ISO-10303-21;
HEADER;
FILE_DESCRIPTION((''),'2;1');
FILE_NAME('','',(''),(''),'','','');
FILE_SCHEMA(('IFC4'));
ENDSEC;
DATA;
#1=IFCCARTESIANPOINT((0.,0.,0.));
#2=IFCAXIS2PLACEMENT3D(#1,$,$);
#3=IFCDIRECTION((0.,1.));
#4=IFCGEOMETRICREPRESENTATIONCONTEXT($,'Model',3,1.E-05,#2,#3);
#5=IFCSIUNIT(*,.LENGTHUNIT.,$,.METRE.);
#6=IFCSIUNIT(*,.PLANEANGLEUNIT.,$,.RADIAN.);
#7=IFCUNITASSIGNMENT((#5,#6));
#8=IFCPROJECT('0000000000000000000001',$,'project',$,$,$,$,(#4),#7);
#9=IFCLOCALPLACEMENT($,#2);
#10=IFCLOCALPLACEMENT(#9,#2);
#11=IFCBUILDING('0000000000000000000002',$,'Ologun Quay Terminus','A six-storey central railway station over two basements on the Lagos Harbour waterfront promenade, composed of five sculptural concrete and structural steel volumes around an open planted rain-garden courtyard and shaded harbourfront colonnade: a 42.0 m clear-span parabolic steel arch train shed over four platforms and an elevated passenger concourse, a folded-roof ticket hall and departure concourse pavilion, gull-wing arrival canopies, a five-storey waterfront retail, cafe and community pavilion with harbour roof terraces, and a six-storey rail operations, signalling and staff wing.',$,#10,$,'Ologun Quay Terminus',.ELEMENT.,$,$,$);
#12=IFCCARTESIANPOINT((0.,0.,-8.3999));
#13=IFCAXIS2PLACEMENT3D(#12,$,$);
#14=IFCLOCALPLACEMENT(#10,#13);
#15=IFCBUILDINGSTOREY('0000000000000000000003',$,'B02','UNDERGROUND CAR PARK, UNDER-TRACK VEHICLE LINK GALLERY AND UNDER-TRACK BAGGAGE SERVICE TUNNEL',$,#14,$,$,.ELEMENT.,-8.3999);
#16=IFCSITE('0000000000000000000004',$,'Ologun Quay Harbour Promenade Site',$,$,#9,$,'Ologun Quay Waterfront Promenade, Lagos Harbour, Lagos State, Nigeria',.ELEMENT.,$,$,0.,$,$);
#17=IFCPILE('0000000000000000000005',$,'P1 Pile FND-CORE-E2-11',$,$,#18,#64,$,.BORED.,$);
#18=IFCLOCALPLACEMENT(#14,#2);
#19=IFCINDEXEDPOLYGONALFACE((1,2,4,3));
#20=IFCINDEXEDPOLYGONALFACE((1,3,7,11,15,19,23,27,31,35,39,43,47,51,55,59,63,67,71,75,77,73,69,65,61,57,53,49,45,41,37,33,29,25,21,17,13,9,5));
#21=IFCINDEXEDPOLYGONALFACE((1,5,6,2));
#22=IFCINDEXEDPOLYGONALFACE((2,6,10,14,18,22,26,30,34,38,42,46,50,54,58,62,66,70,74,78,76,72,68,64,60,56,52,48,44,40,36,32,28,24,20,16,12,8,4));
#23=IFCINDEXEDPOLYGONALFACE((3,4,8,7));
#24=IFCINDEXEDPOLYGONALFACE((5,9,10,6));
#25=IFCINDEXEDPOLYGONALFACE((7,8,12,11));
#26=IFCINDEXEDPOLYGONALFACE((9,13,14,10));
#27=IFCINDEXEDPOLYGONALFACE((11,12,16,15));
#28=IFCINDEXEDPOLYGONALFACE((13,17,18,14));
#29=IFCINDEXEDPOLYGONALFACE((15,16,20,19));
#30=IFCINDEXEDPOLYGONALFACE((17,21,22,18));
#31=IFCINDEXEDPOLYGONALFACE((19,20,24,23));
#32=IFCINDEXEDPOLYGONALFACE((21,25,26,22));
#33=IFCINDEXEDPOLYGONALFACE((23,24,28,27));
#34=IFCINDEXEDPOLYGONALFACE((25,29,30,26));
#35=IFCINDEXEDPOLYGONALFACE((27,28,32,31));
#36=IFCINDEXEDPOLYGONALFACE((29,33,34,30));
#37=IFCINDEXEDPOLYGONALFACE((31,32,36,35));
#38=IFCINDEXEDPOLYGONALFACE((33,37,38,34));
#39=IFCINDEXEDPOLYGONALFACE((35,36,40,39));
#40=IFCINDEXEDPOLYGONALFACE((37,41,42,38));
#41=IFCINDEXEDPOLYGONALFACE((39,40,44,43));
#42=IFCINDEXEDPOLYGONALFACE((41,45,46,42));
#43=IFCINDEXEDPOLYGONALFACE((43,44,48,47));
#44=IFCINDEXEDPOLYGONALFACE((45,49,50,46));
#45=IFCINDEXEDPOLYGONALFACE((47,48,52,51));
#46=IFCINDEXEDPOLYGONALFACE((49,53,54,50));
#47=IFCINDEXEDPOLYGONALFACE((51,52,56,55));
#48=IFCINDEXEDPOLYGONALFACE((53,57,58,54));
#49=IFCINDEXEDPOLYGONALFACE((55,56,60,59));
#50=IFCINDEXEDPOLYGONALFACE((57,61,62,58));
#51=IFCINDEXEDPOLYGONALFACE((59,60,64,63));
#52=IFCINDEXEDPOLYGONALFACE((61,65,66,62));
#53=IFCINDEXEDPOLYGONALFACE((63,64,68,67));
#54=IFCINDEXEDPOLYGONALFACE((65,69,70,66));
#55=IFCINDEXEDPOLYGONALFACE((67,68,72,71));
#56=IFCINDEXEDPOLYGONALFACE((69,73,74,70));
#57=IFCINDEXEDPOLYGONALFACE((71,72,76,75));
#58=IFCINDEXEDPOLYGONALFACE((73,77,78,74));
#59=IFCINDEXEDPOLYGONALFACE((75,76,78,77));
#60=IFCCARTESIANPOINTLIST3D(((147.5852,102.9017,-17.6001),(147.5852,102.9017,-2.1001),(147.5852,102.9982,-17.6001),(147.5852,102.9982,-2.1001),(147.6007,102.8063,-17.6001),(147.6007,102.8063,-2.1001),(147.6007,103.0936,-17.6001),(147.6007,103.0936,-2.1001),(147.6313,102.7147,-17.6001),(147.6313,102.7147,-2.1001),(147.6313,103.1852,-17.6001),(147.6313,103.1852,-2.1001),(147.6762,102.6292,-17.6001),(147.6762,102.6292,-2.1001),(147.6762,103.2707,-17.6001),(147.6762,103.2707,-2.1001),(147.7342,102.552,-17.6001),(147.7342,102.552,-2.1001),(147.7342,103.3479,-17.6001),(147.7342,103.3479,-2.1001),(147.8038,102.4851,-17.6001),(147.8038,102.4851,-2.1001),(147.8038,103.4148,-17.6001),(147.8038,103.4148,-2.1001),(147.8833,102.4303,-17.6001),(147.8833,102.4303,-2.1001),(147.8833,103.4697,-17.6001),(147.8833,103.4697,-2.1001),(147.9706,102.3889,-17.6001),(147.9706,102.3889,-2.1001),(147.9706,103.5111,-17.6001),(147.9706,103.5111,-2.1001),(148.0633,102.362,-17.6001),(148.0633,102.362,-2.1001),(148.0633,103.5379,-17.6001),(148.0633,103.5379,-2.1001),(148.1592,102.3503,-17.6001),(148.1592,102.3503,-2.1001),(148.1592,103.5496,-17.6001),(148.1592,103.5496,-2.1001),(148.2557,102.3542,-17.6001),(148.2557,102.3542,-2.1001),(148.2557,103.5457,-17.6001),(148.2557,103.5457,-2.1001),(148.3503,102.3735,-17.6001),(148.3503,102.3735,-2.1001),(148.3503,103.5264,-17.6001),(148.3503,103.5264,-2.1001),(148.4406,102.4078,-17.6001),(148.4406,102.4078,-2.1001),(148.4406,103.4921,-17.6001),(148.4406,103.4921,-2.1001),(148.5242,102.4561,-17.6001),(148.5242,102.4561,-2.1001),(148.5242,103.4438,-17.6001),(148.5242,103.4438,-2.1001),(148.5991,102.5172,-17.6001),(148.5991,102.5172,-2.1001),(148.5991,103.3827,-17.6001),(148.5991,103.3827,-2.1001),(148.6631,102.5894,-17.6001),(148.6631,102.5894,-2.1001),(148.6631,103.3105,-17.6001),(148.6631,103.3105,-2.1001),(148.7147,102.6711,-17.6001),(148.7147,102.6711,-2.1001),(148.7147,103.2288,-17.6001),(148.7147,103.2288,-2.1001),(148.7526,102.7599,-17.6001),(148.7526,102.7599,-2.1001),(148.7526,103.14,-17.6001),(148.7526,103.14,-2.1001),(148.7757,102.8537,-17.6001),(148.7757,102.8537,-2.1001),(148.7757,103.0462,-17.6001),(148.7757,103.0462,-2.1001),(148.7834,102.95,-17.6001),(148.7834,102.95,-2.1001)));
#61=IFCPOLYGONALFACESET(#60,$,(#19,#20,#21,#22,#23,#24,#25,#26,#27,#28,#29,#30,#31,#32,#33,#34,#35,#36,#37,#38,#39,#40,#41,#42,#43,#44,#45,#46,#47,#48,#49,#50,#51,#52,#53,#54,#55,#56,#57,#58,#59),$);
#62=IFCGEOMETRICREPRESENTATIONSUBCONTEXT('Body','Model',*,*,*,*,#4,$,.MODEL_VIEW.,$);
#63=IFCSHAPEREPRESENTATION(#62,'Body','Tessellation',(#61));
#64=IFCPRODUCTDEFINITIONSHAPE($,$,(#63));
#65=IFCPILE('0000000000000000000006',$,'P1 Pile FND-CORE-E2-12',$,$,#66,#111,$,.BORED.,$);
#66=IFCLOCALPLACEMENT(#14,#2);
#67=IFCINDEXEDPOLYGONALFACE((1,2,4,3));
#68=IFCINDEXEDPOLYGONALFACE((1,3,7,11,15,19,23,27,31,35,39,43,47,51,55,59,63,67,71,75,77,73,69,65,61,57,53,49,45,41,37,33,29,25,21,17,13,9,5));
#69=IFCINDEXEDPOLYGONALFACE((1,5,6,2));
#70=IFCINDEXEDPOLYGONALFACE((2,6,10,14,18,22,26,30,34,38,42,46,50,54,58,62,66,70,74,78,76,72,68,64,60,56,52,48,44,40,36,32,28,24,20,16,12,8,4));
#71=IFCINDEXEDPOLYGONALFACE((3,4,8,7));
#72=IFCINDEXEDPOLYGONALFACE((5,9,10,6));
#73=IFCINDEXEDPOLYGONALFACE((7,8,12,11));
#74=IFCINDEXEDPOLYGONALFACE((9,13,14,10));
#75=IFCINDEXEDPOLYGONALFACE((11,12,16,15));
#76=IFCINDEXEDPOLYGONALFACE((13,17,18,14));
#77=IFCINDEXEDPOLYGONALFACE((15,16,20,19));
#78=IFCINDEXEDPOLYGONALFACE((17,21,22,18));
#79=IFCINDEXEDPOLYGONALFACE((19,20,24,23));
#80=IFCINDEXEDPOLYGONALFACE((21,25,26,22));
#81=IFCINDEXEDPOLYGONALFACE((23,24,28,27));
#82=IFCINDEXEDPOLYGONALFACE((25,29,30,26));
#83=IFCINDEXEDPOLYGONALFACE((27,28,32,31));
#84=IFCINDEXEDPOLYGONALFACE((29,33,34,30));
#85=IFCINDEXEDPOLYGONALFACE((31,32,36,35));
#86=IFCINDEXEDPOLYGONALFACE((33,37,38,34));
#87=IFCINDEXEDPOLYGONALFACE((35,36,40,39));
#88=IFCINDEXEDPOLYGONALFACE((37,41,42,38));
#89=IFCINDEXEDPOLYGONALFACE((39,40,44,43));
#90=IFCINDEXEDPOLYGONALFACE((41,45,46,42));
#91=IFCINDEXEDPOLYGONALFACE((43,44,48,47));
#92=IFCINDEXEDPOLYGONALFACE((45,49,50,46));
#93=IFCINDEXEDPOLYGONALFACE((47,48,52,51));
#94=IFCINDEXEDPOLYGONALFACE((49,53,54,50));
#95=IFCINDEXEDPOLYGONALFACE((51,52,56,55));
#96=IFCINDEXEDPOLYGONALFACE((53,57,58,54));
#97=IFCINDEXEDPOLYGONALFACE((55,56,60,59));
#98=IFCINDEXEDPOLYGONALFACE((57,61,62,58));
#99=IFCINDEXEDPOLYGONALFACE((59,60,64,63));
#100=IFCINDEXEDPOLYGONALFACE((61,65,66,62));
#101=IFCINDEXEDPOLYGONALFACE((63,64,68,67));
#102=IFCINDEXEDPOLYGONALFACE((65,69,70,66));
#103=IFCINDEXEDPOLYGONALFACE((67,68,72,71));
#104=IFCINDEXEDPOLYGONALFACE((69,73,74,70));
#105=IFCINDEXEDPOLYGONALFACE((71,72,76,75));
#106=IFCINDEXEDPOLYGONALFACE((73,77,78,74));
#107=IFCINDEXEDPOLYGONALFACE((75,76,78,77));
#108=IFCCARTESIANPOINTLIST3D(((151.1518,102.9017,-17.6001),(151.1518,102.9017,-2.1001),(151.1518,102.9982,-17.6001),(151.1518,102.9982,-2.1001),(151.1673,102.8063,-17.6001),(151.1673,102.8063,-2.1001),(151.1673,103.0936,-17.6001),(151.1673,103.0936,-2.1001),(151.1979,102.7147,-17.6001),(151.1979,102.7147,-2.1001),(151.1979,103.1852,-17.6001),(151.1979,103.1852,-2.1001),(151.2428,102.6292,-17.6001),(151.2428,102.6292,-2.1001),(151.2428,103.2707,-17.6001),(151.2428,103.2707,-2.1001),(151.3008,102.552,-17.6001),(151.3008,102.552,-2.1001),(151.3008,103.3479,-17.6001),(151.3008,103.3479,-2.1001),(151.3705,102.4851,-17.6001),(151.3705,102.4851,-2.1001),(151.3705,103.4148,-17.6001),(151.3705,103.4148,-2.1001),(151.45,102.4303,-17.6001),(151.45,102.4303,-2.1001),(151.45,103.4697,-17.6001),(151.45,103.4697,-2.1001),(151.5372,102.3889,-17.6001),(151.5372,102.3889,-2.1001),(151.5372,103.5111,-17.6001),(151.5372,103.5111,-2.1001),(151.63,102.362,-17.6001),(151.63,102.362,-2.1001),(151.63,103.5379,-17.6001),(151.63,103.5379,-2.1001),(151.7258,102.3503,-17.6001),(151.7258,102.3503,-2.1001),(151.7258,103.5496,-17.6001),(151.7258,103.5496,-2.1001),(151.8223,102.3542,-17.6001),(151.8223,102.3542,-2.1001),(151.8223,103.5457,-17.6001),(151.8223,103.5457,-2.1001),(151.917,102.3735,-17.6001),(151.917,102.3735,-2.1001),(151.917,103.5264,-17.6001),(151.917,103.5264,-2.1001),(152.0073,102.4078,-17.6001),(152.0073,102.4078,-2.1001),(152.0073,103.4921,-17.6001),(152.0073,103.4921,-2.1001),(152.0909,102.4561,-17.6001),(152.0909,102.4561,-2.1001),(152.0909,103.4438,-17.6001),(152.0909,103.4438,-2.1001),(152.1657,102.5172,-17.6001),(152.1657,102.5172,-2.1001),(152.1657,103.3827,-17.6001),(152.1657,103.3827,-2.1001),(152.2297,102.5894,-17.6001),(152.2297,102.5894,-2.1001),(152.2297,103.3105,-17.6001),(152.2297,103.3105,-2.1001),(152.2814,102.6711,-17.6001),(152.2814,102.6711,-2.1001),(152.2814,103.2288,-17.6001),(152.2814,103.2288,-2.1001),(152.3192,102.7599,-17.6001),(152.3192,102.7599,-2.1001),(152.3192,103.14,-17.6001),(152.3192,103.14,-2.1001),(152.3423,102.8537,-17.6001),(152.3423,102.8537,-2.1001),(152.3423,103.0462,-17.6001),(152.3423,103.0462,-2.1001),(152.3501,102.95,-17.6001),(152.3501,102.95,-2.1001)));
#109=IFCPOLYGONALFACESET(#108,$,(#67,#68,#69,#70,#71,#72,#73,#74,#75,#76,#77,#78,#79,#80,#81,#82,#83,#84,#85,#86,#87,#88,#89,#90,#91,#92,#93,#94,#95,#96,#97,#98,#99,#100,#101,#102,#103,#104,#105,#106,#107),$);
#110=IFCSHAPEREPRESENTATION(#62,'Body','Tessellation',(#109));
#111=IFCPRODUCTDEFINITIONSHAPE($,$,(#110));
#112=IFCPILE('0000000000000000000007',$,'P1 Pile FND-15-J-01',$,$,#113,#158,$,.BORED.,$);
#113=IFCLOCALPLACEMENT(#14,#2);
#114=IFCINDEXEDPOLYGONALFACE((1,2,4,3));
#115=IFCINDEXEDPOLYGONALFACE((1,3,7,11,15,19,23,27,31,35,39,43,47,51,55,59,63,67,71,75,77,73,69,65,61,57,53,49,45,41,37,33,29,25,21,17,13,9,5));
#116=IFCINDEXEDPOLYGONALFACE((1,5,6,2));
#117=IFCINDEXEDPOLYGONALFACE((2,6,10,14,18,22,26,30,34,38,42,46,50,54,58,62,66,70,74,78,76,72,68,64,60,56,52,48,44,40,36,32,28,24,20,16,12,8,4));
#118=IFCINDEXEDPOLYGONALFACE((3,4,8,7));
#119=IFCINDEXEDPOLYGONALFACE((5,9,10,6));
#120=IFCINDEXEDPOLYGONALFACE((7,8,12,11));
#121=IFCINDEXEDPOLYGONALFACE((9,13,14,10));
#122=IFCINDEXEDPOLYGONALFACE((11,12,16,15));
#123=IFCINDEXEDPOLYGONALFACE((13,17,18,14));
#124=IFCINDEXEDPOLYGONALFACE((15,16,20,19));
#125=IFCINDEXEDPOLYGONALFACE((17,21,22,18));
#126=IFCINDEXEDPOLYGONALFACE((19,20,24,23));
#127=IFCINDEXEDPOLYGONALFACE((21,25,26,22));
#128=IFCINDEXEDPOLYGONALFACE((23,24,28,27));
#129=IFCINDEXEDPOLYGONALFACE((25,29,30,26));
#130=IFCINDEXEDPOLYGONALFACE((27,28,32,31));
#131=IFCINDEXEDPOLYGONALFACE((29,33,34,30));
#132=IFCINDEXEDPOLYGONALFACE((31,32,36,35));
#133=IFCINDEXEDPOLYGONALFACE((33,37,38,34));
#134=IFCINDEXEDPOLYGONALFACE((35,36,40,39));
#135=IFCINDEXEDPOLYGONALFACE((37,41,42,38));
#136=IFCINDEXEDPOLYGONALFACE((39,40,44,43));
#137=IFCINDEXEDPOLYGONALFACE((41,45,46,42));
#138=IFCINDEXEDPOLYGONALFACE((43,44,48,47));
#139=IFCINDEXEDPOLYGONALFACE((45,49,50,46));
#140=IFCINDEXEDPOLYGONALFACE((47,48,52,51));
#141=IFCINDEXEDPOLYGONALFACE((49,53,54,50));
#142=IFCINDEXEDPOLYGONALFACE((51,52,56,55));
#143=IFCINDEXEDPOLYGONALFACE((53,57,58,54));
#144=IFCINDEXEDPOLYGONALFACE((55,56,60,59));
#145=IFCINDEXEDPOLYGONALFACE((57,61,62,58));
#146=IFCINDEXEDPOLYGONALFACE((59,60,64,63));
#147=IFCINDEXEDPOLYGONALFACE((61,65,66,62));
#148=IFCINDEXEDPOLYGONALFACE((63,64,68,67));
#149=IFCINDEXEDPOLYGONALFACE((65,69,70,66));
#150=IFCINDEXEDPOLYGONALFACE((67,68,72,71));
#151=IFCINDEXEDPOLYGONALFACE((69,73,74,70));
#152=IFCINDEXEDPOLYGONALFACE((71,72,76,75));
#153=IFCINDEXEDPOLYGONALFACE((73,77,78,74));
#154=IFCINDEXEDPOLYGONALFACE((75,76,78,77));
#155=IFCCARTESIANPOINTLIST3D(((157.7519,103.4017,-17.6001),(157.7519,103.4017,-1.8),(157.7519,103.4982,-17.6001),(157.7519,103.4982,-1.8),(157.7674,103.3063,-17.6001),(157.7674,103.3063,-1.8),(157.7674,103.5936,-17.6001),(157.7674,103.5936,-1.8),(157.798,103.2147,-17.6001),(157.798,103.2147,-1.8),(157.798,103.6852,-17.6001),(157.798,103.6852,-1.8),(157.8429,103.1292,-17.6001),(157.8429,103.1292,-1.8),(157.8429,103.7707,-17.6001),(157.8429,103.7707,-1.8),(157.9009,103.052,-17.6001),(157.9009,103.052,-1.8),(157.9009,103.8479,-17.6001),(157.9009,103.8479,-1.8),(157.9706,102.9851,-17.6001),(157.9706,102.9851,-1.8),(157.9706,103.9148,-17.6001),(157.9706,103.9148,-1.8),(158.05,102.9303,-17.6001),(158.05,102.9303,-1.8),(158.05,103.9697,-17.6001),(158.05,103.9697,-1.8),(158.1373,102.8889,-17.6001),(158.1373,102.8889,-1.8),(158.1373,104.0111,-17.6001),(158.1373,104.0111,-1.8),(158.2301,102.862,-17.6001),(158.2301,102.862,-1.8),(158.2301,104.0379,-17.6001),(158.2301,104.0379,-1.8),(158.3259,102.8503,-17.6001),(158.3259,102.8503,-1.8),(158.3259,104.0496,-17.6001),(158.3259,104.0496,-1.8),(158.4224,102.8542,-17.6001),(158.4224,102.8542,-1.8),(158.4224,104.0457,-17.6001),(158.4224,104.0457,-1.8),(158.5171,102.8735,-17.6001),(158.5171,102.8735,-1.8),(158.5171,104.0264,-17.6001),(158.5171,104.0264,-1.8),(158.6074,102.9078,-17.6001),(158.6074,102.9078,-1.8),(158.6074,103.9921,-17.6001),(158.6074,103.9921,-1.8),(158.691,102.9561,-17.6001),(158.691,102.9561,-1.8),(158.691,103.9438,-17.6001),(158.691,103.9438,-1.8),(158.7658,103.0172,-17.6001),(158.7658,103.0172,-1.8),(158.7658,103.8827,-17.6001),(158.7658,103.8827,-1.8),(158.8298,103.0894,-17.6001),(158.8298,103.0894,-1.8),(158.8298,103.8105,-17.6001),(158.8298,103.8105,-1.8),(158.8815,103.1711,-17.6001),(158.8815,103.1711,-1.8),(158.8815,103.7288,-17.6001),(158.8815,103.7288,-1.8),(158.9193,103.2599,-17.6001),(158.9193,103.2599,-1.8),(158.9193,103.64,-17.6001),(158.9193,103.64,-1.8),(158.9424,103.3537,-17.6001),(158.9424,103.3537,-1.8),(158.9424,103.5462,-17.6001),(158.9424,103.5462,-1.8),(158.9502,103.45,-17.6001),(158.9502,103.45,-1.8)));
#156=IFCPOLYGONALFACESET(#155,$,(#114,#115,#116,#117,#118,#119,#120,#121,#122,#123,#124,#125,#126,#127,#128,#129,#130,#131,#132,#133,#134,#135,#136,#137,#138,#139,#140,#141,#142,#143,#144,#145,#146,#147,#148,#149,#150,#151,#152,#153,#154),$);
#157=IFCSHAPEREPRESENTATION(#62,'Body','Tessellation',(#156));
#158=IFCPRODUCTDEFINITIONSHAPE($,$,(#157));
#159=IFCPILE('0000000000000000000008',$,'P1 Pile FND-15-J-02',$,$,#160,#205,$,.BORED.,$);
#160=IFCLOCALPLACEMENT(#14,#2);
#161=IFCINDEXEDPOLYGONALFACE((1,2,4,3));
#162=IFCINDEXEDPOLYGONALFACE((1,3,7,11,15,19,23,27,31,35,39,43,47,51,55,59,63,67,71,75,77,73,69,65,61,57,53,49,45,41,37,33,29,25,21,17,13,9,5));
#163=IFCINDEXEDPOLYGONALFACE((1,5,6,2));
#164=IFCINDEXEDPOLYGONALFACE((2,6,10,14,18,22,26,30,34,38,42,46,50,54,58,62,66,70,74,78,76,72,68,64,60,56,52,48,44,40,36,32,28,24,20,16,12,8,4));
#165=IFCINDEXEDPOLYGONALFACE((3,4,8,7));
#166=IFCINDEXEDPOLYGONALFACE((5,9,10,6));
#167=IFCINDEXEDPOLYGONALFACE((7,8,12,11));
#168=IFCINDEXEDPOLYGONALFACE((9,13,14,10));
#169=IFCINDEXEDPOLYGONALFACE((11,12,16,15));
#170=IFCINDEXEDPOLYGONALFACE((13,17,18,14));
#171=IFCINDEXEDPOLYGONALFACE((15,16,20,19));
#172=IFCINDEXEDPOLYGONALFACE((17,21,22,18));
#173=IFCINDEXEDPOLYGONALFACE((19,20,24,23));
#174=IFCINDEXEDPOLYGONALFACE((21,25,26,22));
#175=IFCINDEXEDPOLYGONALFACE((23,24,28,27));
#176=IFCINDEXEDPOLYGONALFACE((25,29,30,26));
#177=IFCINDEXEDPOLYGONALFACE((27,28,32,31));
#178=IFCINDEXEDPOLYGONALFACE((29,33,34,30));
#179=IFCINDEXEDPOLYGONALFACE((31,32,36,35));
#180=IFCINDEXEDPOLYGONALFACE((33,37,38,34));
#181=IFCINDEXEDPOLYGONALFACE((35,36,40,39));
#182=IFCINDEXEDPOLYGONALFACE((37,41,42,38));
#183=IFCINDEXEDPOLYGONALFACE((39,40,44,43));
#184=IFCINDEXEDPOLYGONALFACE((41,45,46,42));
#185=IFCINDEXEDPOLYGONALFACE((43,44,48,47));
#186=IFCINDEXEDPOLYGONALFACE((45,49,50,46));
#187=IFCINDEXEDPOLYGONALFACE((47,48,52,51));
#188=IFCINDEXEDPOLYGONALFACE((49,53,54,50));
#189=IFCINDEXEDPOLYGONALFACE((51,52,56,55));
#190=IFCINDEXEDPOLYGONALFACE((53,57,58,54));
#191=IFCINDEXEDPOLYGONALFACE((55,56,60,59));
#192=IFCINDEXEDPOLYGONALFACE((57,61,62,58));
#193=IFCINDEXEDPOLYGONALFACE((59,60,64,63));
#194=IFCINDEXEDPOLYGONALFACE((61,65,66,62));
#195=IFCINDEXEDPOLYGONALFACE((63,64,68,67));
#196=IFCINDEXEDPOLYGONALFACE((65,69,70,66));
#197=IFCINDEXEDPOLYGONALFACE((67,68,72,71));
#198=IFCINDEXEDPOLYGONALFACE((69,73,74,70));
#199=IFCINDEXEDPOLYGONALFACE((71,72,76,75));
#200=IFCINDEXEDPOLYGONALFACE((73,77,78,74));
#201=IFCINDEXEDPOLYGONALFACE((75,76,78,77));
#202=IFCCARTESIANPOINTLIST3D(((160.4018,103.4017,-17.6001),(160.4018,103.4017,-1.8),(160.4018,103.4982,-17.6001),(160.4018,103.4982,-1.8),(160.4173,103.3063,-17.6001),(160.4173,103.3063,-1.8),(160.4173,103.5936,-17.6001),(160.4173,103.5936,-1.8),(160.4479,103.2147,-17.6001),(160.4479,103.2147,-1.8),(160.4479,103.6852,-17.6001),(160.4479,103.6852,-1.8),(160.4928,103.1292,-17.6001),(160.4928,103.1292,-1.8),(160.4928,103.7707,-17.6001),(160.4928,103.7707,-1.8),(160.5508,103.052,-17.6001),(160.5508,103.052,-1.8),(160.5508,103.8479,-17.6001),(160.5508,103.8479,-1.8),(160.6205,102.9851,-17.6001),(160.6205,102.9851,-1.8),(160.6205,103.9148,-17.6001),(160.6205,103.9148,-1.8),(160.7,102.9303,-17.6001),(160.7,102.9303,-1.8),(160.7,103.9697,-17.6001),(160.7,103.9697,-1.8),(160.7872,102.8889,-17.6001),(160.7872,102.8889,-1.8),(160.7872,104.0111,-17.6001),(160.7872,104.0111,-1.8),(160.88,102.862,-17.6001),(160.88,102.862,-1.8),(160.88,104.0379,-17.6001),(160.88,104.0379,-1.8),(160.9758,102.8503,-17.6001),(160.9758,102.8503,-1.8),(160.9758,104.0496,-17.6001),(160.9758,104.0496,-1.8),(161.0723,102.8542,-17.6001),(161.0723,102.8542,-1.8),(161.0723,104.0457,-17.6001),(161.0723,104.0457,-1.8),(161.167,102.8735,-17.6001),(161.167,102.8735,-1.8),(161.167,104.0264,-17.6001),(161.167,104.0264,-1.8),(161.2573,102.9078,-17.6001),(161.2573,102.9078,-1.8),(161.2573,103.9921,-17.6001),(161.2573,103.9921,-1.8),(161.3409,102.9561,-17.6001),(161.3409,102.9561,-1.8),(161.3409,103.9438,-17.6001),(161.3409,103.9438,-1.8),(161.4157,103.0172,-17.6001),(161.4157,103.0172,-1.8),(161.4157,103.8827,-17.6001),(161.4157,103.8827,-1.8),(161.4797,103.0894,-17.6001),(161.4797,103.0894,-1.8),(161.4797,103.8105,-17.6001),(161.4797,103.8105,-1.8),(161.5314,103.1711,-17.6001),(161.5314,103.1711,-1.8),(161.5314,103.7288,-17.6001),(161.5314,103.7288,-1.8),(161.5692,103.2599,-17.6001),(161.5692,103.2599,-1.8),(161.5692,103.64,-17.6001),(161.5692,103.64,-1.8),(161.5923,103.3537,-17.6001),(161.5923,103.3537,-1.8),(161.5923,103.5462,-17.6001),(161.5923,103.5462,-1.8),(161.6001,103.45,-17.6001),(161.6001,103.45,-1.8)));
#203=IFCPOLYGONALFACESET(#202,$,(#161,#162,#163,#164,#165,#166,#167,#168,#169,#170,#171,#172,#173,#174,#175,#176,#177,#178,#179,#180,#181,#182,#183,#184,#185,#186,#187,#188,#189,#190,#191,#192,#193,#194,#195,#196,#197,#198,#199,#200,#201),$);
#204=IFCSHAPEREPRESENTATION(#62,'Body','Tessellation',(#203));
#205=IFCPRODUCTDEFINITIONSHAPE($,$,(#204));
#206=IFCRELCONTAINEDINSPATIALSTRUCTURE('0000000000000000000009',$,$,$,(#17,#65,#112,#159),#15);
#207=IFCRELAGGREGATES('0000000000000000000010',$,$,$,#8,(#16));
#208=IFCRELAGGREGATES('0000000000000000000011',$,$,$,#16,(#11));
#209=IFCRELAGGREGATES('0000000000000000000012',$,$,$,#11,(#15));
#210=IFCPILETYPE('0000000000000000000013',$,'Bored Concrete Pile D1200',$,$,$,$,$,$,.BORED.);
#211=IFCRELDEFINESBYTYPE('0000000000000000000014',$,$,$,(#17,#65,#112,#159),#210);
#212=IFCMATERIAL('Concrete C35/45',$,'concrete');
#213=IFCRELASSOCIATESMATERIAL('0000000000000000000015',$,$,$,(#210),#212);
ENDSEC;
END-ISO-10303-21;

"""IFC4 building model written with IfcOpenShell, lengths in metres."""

from ifc_helpers import new_model, si_unit, direction, frame, origin, origin_2d, place, context, subcontext, project, spatial, circle, extrude, material, material_profile, profile_set, type_object, element, save


model = new_model("IFC4")

# Units and contexts
model_context = context("Model", 3, precision=1e-05, world=origin(), true_north=direction((0.0, 1.0)))
body_context = subcontext(model_context, "Body", "Model", "MODEL_VIEW")
ifc_project = project(units=[si_unit("LENGTHUNIT", "METRE"), si_unit("PLANEANGLEUNIT", "RADIAN")], contexts=[model_context])

# Site, building, storey
site_placement = place(None, origin())
site = spatial("IfcSite", under=ifc_project, at=site_placement, Name="Ologun Quay Harbour Promenade Site", LongName="Ologun Quay Waterfront Promenade, Lagos Harbour, Lagos State, Nigeria", CompositionType="ELEMENT", RefElevation=0.0)
building_placement = place(site_placement, origin())
building = spatial("IfcBuilding", under=site, at=building_placement, Name="Ologun Quay Terminus", Description="A six-storey central railway station over two basements on the Lagos Harbour waterfront promenade, composed of five sculptural concrete and structural steel volumes around an open planted rain-garden courtyard and shaded harbourfront colonnade: a 42.0 m clear-span parabolic steel arch train shed over four platforms and an elevated passenger concourse, a folded-roof ticket hall and departure concourse pavilion, gull-wing arrival canopies, a five-storey waterfront retail, cafe and community pavilion with harbour roof terraces, and a six-storey rail operations, signalling and staff wing.", LongName="Ologun Quay Terminus", CompositionType="ELEMENT")
storey_placement = place(building_placement, frame((0.0, 0.0, -8.3999)))
storey = spatial("IfcBuildingStorey", under=building, at=storey_placement, Name="B02", Description="UNDERGROUND CAR PARK, UNDER-TRACK VEHICLE LINK GALLERY AND UNDER-TRACK BAGGAGE SERVICE TUNNEL", CompositionType="ELEMENT", Elevation=-8.3999)

# Piles
ifc_material_1 = material(Name="Concrete C35/45", Category="concrete")
ifc_material_profile_1 = material_profile(ifc_material_1, circle(Radius=0.6001, at=origin_2d()), Name="PILE D1200")
ifc_profile_set_1 = profile_set([ifc_material_profile_1], Name="Concrete C35/45")
pile_type = type_object("IfcPileType", Name="Bored Concrete Pile D1200", PredefinedType="BORED", material=ifc_profile_set_1)
for number, where, z_axis, x_axis, name in (
    (1, (148.1833, 102.95, -2.1001), (0.0, 0.0, -1.0), (1.0, 0.0, 0.0), "P1 Pile FND-CORE-E2-11"),
    (2, (151.75, 102.95, -2.1001), (0.0, 0.0, -1.0), (1.0, 0.0, 0.0), "P1 Pile FND-CORE-E2-12"),
):
    element("IfcPile", number, at=place(storey_placement, frame(where, z_axis=z_axis, x_axis=x_axis)), inside=storey, type_object=pile_type, Name=name, PredefinedType="BORED", context=body_context, shape_type="SweptSolid", body=[
        extrude(circle(Radius=0.6001, at=origin_2d()), origin(), (0.0, 0.0, 1.0), 15.5),
    ])
for number, where, z_axis, x_axis, name in (
    (3, (158.3501, 103.45, -1.8), (0.0, 0.0, -1.0), (1.0, 0.0, 0.0), "P1 Pile FND-15-J-01"),
    (4, (161.0, 103.45, -1.8), (0.0, 0.0, -1.0), (1.0, 0.0, 0.0), "P1 Pile FND-15-J-02"),
):
    element("IfcPile", number, at=place(storey_placement, frame(where, z_axis=z_axis, x_axis=x_axis)), inside=storey, type_object=pile_type, Name=name, PredefinedType="BORED", context=body_context, shape_type="SweptSolid", body=[
        extrude(circle(Radius=0.6001, at=origin_2d()), origin(), (0.0, 0.0, 1.0), 15.8),
    ])

save(model, "model.ifc")
